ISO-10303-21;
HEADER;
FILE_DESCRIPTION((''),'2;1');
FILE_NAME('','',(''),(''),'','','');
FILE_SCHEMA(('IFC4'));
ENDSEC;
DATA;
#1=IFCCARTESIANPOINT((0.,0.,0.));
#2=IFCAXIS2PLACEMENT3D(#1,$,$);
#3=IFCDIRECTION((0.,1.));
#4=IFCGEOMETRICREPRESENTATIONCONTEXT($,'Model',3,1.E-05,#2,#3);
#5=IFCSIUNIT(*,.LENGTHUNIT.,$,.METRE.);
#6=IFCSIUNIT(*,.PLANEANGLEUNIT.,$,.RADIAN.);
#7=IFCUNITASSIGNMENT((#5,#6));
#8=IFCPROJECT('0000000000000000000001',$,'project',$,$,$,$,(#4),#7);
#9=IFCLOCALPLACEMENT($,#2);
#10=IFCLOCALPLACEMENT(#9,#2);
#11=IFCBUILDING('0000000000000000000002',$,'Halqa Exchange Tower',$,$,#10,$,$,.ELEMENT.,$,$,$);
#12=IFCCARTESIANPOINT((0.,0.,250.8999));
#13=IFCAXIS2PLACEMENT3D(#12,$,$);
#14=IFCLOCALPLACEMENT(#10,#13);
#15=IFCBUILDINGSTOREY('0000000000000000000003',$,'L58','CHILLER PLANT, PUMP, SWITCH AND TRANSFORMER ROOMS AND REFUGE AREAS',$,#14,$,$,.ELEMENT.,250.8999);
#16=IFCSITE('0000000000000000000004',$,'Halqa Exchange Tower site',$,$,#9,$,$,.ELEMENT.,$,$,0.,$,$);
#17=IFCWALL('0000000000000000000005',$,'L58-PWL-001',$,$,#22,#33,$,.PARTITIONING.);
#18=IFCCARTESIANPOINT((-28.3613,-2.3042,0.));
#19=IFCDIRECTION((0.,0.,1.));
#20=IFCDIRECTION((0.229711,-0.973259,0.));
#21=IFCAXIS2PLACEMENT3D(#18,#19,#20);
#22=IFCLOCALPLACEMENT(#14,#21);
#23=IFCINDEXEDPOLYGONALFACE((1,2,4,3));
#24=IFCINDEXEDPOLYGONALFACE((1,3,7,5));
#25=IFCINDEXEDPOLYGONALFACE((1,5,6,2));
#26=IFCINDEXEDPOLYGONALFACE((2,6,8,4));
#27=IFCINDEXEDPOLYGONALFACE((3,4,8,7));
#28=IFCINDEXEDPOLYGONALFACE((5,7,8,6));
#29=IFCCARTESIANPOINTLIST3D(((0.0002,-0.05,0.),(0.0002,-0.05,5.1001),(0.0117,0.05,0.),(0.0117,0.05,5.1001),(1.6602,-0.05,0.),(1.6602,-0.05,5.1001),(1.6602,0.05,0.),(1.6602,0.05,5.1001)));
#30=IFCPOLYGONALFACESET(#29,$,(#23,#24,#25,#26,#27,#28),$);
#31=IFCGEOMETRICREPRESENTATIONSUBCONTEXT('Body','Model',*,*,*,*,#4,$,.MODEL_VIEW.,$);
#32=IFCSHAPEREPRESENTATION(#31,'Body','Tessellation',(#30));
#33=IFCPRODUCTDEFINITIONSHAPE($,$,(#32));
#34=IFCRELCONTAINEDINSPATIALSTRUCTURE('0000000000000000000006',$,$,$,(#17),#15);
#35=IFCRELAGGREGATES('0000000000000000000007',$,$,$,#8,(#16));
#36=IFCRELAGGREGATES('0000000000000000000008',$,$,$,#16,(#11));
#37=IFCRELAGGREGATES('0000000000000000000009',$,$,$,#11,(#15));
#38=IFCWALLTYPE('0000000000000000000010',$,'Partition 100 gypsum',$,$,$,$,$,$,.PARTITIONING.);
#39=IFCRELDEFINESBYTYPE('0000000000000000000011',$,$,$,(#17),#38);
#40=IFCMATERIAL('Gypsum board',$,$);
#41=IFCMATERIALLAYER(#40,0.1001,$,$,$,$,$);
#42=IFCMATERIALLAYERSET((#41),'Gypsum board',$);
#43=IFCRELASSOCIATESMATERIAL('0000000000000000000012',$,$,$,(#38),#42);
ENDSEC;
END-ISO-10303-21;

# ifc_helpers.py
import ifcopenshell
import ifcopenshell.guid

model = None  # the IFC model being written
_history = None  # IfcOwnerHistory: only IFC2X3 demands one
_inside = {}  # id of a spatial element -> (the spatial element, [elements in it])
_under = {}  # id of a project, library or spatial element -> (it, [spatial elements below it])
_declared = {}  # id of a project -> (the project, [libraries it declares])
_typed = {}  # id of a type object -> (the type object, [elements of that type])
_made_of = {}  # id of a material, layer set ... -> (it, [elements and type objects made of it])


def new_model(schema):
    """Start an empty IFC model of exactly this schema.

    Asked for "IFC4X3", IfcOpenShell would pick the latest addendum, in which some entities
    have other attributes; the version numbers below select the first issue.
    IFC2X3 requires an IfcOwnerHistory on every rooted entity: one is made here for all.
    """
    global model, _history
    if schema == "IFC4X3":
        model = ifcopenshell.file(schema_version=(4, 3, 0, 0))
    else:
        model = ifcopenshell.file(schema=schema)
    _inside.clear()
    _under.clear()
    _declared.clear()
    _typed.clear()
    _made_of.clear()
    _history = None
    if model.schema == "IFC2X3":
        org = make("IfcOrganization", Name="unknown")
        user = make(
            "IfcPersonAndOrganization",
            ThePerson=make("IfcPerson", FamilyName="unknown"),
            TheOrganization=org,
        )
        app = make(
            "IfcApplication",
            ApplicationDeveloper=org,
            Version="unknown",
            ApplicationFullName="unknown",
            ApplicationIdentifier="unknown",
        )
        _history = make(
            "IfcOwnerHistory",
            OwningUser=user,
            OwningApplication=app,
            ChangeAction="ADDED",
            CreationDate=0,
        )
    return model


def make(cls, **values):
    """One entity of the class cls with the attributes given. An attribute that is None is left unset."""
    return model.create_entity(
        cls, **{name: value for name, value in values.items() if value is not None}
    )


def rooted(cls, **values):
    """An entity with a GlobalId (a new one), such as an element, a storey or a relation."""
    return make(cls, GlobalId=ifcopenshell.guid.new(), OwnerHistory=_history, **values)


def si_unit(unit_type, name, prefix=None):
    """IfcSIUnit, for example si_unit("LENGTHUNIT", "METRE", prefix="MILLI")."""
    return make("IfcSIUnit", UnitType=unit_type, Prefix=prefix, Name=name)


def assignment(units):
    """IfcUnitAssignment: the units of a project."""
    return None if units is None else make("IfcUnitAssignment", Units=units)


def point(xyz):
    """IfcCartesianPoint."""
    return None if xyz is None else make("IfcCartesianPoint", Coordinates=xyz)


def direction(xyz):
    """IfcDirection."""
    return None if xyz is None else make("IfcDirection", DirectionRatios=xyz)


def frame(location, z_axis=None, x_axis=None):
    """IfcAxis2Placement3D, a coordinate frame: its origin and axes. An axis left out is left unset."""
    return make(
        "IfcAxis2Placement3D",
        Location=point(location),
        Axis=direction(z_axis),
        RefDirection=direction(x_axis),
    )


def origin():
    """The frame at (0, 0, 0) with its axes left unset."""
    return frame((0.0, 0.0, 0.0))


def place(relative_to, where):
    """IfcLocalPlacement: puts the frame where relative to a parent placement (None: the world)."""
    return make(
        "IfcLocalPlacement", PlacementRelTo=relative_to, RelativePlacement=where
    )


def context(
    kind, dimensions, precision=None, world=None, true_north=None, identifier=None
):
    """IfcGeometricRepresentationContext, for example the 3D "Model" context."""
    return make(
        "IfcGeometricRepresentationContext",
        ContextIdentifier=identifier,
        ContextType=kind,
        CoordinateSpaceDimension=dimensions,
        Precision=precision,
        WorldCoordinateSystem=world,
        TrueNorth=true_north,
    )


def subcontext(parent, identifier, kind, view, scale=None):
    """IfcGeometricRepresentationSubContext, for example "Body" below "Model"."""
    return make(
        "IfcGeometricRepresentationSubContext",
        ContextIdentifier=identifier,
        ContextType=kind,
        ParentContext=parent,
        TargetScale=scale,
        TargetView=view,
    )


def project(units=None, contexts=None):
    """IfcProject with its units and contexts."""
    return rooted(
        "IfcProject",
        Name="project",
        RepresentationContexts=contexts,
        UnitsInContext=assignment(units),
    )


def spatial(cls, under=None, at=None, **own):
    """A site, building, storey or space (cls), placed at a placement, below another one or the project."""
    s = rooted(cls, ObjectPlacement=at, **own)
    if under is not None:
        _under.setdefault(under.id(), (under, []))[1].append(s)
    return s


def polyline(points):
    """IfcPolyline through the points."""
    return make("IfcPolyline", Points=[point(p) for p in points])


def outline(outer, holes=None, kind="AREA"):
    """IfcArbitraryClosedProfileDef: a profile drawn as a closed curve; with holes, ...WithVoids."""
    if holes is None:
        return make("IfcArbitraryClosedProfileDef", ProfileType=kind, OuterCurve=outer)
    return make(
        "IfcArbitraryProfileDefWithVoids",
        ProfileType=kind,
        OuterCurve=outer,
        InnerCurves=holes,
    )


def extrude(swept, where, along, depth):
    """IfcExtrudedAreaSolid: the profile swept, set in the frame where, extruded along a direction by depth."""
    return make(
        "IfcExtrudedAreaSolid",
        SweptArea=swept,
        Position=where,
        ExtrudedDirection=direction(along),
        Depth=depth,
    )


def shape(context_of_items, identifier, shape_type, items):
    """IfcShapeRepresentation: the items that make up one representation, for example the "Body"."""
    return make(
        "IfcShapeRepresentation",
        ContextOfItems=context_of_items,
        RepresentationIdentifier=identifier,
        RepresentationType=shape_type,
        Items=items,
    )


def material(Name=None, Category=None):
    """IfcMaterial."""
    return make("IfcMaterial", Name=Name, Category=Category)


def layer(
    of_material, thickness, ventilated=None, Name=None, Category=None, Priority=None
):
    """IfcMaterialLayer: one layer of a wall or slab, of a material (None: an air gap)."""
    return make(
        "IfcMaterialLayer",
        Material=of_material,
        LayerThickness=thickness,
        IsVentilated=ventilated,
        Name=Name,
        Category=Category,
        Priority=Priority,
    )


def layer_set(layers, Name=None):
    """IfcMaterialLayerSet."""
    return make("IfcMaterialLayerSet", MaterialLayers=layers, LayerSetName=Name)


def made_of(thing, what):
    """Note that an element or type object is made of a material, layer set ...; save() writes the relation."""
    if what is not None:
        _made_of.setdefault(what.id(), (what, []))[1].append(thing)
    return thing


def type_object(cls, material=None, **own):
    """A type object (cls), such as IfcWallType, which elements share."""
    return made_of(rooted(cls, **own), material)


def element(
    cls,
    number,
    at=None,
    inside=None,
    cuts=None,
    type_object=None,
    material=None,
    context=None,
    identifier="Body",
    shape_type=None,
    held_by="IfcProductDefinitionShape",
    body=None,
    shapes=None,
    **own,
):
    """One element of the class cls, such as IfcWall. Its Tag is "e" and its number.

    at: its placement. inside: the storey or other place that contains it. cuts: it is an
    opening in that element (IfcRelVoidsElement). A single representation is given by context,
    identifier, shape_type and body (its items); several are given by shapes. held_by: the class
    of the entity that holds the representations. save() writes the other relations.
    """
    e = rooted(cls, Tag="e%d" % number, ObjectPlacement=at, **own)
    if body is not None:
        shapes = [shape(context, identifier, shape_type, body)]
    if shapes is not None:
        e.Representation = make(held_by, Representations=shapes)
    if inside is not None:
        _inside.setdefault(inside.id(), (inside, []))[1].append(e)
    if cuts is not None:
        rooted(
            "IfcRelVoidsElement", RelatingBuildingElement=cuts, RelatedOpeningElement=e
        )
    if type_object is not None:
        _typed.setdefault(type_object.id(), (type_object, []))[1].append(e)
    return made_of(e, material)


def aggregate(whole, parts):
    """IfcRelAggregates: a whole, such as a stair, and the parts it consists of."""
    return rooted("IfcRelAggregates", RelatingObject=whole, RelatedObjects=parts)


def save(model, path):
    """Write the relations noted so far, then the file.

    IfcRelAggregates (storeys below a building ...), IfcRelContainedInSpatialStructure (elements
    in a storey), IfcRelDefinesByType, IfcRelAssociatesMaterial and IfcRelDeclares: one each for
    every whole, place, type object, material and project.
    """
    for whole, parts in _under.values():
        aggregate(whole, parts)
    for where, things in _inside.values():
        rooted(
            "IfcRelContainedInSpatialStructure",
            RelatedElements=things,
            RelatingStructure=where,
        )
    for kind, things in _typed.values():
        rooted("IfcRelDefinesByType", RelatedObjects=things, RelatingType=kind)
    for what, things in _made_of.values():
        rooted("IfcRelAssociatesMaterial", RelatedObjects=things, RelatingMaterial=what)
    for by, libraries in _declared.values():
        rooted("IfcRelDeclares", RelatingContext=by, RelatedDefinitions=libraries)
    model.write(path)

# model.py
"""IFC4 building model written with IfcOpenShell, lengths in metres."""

from ifc_helpers import new_model, si_unit, direction, frame, origin, place, context, subcontext, project, spatial, polyline, outline, extrude, material, layer, layer_set, type_object, element, save


model = new_model("IFC4")

# Units and contexts
model_context = context("Model", 3, precision=1e-05, world=origin(), true_north=direction((0.0, 1.0)))
body_context = subcontext(model_context, "Body", "Model", "MODEL_VIEW")
ifc_project = project(units=[si_unit("LENGTHUNIT", "METRE"), si_unit("PLANEANGLEUNIT", "RADIAN")], contexts=[model_context])

# Site, building, storey
site_placement = place(None, origin())
site = spatial("IfcSite", under=ifc_project, at=site_placement, Name="Halqa Exchange Tower site", CompositionType="ELEMENT", RefElevation=0.0)
building_placement = place(site_placement, origin())
building = spatial("IfcBuilding", under=site, at=building_placement, Name="Halqa Exchange Tower", CompositionType="ELEMENT")
storey_placement = place(building_placement, frame((0.0, 0.0, 250.8999)))
storey = spatial("IfcBuildingStorey", under=building, at=storey_placement, Name="L58", Description="CHILLER PLANT, PUMP, SWITCH AND TRANSFORMER ROOMS AND REFUGE AREAS", CompositionType="ELEMENT", Elevation=250.8999)

# Wall
ifc_material_1 = material(Name="Gypsum board")
ifc_layer_1 = layer(ifc_material_1, 0.1001)
ifc_layer_set_1 = layer_set([ifc_layer_1], Name="Gypsum board")
wall_type_1 = type_object("IfcWallType", Name="Partition 100 gypsum", PredefinedType="PARTITIONING", material=ifc_layer_set_1)
wall_1_placement = place(storey_placement, frame((-28.3613, -2.3042, 0.0), z_axis=(0.0, 0.0, 1.0), x_axis=(0.229711, -0.973259, 0.0)))
element("IfcWall", 1, at=wall_1_placement, inside=storey, type_object=wall_type_1, Name="L58-PWL-001", PredefinedType="PARTITIONING", context=body_context, shape_type="SweptSolid", body=[
    extrude(outline(polyline([(1.6602, 0.05), (0.0117, 0.05), (0.0002, -0.05), (1.6602, -0.05), (1.6602, 0.05)])), origin(), (0.0, 0.0, 1.0), 5.1001),
])

save(model, "model.ifc")
